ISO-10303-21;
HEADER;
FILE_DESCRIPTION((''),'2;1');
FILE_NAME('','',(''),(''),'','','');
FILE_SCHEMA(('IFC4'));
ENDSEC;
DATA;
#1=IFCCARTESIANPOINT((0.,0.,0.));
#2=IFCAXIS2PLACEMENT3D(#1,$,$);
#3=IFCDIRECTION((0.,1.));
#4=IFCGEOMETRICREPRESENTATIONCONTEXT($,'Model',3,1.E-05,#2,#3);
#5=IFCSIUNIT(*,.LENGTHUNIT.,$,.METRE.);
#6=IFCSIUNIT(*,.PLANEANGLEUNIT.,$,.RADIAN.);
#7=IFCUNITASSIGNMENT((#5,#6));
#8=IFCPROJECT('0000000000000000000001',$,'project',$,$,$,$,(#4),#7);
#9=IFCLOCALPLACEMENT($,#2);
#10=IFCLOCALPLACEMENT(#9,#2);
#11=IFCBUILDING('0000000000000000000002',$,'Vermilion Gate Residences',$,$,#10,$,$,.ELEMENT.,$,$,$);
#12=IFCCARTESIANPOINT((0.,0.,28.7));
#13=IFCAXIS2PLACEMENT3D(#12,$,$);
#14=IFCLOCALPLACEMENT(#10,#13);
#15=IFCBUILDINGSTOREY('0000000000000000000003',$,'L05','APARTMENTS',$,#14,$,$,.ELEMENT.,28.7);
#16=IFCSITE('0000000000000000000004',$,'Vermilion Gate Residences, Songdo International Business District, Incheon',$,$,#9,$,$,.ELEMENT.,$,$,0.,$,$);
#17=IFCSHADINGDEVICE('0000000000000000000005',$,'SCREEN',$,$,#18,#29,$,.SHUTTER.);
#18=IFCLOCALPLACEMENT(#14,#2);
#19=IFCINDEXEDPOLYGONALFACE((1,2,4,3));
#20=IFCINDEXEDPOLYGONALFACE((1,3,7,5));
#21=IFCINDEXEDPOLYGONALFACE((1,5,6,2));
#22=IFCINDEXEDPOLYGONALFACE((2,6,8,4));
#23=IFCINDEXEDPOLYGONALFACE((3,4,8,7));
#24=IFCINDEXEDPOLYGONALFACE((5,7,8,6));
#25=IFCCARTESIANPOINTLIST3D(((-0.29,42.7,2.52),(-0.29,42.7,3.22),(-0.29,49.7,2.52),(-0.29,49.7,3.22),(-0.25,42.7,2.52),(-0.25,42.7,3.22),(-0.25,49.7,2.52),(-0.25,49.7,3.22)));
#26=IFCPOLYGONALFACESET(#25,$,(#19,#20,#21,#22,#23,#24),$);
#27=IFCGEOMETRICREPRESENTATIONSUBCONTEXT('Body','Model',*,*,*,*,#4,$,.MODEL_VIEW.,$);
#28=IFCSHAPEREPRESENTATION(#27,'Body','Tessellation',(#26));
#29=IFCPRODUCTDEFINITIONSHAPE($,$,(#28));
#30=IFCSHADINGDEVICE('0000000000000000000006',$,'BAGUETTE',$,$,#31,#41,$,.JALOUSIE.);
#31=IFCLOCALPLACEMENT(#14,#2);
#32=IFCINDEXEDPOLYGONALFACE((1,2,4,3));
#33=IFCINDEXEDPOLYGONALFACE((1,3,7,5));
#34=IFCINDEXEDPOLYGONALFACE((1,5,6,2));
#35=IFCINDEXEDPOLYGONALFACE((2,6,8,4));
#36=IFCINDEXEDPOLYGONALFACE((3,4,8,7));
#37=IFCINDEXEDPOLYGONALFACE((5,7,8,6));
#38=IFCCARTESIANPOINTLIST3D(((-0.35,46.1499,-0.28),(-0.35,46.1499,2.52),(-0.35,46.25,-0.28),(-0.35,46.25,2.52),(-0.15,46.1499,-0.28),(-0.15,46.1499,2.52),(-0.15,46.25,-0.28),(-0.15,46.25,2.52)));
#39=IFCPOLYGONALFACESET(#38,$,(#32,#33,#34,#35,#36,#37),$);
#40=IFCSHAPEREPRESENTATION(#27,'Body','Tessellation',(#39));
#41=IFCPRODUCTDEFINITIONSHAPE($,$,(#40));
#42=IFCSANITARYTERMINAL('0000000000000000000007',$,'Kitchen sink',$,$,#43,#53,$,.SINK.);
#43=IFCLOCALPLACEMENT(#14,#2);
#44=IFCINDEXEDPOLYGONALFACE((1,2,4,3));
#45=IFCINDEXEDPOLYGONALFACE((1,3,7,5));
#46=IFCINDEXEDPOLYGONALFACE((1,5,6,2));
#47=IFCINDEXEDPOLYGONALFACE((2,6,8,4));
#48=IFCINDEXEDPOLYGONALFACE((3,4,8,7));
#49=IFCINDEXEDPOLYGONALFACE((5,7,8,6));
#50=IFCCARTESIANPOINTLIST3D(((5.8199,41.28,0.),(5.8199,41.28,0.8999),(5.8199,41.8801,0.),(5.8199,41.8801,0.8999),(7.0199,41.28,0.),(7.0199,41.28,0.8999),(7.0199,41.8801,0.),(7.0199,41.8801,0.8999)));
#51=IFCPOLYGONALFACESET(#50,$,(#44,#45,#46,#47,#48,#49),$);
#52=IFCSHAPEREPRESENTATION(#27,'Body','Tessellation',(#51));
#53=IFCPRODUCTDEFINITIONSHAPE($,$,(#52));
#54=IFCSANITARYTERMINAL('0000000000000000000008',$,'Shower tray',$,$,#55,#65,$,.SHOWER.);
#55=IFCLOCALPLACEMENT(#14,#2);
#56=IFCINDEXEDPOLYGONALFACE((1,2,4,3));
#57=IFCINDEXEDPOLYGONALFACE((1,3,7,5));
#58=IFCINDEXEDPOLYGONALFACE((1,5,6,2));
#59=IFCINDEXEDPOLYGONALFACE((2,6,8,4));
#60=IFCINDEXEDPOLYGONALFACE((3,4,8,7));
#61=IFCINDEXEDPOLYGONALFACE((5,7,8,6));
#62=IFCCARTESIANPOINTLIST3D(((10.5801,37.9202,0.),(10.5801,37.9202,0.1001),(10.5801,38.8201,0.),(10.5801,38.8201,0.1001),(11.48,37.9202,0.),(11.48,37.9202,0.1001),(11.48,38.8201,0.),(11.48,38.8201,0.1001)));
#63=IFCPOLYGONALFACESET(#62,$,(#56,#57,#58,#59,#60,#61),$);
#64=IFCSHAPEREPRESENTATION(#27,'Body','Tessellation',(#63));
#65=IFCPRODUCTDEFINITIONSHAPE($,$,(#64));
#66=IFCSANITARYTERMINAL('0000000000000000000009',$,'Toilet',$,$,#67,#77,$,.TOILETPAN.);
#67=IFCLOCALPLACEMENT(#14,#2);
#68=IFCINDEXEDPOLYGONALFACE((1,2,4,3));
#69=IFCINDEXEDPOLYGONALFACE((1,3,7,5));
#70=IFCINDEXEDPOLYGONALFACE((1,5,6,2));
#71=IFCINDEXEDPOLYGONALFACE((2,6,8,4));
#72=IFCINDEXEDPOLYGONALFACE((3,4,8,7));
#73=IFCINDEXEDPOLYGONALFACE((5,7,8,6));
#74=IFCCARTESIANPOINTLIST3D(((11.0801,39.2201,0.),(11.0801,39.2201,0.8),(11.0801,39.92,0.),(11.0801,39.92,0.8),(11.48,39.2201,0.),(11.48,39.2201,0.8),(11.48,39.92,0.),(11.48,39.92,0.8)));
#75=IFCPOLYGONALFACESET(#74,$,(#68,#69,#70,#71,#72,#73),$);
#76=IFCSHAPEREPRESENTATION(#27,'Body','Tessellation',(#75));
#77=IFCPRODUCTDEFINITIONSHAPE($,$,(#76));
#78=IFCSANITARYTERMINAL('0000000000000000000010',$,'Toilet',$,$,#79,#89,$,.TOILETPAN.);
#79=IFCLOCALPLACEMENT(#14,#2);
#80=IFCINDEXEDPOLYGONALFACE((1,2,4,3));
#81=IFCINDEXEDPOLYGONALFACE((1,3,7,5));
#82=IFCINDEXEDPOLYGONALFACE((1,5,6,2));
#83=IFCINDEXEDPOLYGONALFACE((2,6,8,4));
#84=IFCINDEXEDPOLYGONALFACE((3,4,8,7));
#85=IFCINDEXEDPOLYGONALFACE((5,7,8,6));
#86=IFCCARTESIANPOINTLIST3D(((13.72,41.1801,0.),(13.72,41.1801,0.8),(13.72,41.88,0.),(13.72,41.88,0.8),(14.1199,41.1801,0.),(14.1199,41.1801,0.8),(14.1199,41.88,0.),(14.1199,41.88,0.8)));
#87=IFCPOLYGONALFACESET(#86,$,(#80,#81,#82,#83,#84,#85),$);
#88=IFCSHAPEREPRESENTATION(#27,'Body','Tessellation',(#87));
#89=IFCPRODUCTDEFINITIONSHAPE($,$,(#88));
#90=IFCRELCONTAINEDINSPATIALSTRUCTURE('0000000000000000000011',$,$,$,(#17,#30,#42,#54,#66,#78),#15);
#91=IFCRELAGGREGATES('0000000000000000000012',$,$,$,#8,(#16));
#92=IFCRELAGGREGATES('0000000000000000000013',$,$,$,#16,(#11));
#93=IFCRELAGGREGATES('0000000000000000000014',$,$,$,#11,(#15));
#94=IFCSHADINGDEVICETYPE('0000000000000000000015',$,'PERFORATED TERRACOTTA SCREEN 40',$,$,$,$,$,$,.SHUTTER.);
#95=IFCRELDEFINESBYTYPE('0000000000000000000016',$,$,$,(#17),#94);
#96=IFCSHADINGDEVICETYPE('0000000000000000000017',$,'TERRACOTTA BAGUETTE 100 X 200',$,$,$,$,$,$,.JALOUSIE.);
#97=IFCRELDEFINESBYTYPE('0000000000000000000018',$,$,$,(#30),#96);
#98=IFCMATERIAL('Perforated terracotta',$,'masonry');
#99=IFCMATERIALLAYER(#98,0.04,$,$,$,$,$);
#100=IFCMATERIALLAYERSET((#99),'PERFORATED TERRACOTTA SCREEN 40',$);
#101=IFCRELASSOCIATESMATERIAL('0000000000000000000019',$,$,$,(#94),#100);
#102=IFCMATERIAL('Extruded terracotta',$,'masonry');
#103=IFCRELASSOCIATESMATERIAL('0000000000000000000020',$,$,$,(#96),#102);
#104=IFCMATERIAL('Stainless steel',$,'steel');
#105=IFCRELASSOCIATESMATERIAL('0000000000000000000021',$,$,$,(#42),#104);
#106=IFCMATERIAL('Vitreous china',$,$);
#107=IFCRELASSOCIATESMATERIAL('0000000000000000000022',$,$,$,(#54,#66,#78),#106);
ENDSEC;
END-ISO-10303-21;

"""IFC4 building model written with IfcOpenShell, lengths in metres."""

from ifc_helpers import new_model, si_unit, direction, frame, origin, origin_2d, place, context, subcontext, project, spatial, rectangle, extrude, material, layer, layer_set, material_profile, profile_set, type_object, element, save


model = new_model("IFC4")

# Units and contexts
model_context = context("Model", 3, precision=1e-05, world=origin(), true_north=direction((0.0, 1.0)))
body_context = subcontext(model_context, "Body", "Model", "MODEL_VIEW")
ifc_project = project(units=[si_unit("LENGTHUNIT", "METRE"), si_unit("PLANEANGLEUNIT", "RADIAN")], contexts=[model_context])

# Site, building, storey
site_placement = place(None, origin())
site = spatial("IfcSite", under=ifc_project, at=site_placement, Name="Vermilion Gate Residences, Songdo International Business District, Incheon", CompositionType="ELEMENT", RefElevation=0.0)
building_placement = place(site_placement, origin())
building = spatial("IfcBuilding", under=site, at=building_placement, Name="Vermilion Gate Residences", CompositionType="ELEMENT")
storey_placement = place(building_placement, frame((0.0, 0.0, 28.7)))
storey = spatial("IfcBuildingStorey", under=building, at=storey_placement, Name="L05", Description="APARTMENTS", CompositionType="ELEMENT", Elevation=28.7)

# Shading devices
ifc_material_1 = material(Name="Perforated terracotta", Category="masonry")
ifc_layer_1 = layer(ifc_material_1, 0.04)
ifc_layer_set_1 = layer_set([ifc_layer_1], Name="PERFORATED TERRACOTTA SCREEN 40")
shading_device_type_1 = type_object("IfcShadingDeviceType", Name="PERFORATED TERRACOTTA SCREEN 40", PredefinedType="SHUTTER", material=ifc_layer_set_1)
shading_device_1_placement = place(storey_placement, frame((-0.27, 46.2, 2.52), z_axis=(0.0, 0.0, 1.0), x_axis=(0.0, -1.0, 0.0)))
element("IfcShadingDevice", 1, at=shading_device_1_placement, inside=storey, type_object=shading_device_type_1, Name="SCREEN", PredefinedType="SHUTTER", context=body_context, shape_type="SweptSolid", body=[
    extrude(rectangle(XDim=7.0, YDim=0.04, at=origin_2d()), origin(), (0.0, 0.0, 1.0), 0.7),
])
ifc_material_2 = material(Name="Extruded terracotta", Category="masonry")
ifc_material_profile_1 = material_profile(ifc_material_2, rectangle(XDim=0.2, YDim=0.1001, at=origin_2d()), Name="BAGUETTE 100 X 200")
ifc_profile_set_1 = profile_set([ifc_material_profile_1], Name="Extruded terracotta")
shading_device_type_2 = type_object("IfcShadingDeviceType", Name="TERRACOTTA BAGUETTE 100 X 200", PredefinedType="JALOUSIE", material=ifc_profile_set_1)
shading_device_2_placement = place(storey_placement, frame((-0.25, 46.2, -0.28), z_axis=(0.0, 0.0, 1.0), x_axis=(1.0, 0.0, 0.0)))
element("IfcShadingDevice", 2, at=shading_device_2_placement, inside=storey, type_object=shading_device_type_2, Name="BAGUETTE", PredefinedType="JALOUSIE", context=body_context, shape_type="SweptSolid", body=[
    extrude(rectangle(XDim=0.2, YDim=0.1001, at=origin_2d()), origin(), (0.0, 0.0, 1.0), 2.8),
])

# Sanitary terminals
ifc_material_3 = material(Name="Stainless steel", Category="steel")
sanitary_terminal_1_placement = place(storey_placement, frame((6.4199, 41.5801, 0.0), z_axis=(0.0, 0.0, 1.0), x_axis=(1.0, 0.0, 0.0)))
element("IfcSanitaryTerminal", 3, at=sanitary_terminal_1_placement, inside=storey, material=ifc_material_3, Name="Kitchen sink", PredefinedType="SINK", context=body_context, shape_type="SweptSolid", body=[
    extrude(rectangle(XDim=1.2, YDim=0.6001, at=origin_2d()), origin(), (0.0, 0.0, 1.0), 0.8999),
])
ifc_material_4 = material(Name="Vitreous china")
sanitary_terminal_2_placement = place(storey_placement, frame((11.03, 38.3701, 0.0), z_axis=(0.0, 0.0, 1.0), x_axis=(1.0, 0.0, 0.0)))
element("IfcSanitaryTerminal", 4, at=sanitary_terminal_2_placement, inside=storey, material=ifc_material_4, Name="Shower tray", PredefinedType="SHOWER", context=body_context, shape_type="SweptSolid", body=[
    extrude(rectangle(XDim=0.8999, YDim=0.8999, at=origin_2d()), origin(), (0.0, 0.0, 1.0), 0.1001),
])
for number, where, z_axis, x_axis, name in (
    (5, (11.28, 39.5701, 0.0), (0.0, 0.0, 1.0), (1.0, 0.0, 0.0), "Toilet"),
    (6, (13.9199, 41.53, 0.0), (0.0, 0.0, 1.0), (1.0, 0.0, 0.0), "Toilet"),
):
    element("IfcSanitaryTerminal", number, at=place(storey_placement, frame(where, z_axis=z_axis, x_axis=x_axis)), inside=storey, material=ifc_material_4, Name=name, PredefinedType="TOILETPAN", context=body_context, shape_type="SweptSolid", body=[
        extrude(rectangle(XDim=0.3999, YDim=0.7, at=origin_2d()), origin(), (0.0, 0.0, 1.0), 0.8),
    ])

save(model, "model.ifc")
